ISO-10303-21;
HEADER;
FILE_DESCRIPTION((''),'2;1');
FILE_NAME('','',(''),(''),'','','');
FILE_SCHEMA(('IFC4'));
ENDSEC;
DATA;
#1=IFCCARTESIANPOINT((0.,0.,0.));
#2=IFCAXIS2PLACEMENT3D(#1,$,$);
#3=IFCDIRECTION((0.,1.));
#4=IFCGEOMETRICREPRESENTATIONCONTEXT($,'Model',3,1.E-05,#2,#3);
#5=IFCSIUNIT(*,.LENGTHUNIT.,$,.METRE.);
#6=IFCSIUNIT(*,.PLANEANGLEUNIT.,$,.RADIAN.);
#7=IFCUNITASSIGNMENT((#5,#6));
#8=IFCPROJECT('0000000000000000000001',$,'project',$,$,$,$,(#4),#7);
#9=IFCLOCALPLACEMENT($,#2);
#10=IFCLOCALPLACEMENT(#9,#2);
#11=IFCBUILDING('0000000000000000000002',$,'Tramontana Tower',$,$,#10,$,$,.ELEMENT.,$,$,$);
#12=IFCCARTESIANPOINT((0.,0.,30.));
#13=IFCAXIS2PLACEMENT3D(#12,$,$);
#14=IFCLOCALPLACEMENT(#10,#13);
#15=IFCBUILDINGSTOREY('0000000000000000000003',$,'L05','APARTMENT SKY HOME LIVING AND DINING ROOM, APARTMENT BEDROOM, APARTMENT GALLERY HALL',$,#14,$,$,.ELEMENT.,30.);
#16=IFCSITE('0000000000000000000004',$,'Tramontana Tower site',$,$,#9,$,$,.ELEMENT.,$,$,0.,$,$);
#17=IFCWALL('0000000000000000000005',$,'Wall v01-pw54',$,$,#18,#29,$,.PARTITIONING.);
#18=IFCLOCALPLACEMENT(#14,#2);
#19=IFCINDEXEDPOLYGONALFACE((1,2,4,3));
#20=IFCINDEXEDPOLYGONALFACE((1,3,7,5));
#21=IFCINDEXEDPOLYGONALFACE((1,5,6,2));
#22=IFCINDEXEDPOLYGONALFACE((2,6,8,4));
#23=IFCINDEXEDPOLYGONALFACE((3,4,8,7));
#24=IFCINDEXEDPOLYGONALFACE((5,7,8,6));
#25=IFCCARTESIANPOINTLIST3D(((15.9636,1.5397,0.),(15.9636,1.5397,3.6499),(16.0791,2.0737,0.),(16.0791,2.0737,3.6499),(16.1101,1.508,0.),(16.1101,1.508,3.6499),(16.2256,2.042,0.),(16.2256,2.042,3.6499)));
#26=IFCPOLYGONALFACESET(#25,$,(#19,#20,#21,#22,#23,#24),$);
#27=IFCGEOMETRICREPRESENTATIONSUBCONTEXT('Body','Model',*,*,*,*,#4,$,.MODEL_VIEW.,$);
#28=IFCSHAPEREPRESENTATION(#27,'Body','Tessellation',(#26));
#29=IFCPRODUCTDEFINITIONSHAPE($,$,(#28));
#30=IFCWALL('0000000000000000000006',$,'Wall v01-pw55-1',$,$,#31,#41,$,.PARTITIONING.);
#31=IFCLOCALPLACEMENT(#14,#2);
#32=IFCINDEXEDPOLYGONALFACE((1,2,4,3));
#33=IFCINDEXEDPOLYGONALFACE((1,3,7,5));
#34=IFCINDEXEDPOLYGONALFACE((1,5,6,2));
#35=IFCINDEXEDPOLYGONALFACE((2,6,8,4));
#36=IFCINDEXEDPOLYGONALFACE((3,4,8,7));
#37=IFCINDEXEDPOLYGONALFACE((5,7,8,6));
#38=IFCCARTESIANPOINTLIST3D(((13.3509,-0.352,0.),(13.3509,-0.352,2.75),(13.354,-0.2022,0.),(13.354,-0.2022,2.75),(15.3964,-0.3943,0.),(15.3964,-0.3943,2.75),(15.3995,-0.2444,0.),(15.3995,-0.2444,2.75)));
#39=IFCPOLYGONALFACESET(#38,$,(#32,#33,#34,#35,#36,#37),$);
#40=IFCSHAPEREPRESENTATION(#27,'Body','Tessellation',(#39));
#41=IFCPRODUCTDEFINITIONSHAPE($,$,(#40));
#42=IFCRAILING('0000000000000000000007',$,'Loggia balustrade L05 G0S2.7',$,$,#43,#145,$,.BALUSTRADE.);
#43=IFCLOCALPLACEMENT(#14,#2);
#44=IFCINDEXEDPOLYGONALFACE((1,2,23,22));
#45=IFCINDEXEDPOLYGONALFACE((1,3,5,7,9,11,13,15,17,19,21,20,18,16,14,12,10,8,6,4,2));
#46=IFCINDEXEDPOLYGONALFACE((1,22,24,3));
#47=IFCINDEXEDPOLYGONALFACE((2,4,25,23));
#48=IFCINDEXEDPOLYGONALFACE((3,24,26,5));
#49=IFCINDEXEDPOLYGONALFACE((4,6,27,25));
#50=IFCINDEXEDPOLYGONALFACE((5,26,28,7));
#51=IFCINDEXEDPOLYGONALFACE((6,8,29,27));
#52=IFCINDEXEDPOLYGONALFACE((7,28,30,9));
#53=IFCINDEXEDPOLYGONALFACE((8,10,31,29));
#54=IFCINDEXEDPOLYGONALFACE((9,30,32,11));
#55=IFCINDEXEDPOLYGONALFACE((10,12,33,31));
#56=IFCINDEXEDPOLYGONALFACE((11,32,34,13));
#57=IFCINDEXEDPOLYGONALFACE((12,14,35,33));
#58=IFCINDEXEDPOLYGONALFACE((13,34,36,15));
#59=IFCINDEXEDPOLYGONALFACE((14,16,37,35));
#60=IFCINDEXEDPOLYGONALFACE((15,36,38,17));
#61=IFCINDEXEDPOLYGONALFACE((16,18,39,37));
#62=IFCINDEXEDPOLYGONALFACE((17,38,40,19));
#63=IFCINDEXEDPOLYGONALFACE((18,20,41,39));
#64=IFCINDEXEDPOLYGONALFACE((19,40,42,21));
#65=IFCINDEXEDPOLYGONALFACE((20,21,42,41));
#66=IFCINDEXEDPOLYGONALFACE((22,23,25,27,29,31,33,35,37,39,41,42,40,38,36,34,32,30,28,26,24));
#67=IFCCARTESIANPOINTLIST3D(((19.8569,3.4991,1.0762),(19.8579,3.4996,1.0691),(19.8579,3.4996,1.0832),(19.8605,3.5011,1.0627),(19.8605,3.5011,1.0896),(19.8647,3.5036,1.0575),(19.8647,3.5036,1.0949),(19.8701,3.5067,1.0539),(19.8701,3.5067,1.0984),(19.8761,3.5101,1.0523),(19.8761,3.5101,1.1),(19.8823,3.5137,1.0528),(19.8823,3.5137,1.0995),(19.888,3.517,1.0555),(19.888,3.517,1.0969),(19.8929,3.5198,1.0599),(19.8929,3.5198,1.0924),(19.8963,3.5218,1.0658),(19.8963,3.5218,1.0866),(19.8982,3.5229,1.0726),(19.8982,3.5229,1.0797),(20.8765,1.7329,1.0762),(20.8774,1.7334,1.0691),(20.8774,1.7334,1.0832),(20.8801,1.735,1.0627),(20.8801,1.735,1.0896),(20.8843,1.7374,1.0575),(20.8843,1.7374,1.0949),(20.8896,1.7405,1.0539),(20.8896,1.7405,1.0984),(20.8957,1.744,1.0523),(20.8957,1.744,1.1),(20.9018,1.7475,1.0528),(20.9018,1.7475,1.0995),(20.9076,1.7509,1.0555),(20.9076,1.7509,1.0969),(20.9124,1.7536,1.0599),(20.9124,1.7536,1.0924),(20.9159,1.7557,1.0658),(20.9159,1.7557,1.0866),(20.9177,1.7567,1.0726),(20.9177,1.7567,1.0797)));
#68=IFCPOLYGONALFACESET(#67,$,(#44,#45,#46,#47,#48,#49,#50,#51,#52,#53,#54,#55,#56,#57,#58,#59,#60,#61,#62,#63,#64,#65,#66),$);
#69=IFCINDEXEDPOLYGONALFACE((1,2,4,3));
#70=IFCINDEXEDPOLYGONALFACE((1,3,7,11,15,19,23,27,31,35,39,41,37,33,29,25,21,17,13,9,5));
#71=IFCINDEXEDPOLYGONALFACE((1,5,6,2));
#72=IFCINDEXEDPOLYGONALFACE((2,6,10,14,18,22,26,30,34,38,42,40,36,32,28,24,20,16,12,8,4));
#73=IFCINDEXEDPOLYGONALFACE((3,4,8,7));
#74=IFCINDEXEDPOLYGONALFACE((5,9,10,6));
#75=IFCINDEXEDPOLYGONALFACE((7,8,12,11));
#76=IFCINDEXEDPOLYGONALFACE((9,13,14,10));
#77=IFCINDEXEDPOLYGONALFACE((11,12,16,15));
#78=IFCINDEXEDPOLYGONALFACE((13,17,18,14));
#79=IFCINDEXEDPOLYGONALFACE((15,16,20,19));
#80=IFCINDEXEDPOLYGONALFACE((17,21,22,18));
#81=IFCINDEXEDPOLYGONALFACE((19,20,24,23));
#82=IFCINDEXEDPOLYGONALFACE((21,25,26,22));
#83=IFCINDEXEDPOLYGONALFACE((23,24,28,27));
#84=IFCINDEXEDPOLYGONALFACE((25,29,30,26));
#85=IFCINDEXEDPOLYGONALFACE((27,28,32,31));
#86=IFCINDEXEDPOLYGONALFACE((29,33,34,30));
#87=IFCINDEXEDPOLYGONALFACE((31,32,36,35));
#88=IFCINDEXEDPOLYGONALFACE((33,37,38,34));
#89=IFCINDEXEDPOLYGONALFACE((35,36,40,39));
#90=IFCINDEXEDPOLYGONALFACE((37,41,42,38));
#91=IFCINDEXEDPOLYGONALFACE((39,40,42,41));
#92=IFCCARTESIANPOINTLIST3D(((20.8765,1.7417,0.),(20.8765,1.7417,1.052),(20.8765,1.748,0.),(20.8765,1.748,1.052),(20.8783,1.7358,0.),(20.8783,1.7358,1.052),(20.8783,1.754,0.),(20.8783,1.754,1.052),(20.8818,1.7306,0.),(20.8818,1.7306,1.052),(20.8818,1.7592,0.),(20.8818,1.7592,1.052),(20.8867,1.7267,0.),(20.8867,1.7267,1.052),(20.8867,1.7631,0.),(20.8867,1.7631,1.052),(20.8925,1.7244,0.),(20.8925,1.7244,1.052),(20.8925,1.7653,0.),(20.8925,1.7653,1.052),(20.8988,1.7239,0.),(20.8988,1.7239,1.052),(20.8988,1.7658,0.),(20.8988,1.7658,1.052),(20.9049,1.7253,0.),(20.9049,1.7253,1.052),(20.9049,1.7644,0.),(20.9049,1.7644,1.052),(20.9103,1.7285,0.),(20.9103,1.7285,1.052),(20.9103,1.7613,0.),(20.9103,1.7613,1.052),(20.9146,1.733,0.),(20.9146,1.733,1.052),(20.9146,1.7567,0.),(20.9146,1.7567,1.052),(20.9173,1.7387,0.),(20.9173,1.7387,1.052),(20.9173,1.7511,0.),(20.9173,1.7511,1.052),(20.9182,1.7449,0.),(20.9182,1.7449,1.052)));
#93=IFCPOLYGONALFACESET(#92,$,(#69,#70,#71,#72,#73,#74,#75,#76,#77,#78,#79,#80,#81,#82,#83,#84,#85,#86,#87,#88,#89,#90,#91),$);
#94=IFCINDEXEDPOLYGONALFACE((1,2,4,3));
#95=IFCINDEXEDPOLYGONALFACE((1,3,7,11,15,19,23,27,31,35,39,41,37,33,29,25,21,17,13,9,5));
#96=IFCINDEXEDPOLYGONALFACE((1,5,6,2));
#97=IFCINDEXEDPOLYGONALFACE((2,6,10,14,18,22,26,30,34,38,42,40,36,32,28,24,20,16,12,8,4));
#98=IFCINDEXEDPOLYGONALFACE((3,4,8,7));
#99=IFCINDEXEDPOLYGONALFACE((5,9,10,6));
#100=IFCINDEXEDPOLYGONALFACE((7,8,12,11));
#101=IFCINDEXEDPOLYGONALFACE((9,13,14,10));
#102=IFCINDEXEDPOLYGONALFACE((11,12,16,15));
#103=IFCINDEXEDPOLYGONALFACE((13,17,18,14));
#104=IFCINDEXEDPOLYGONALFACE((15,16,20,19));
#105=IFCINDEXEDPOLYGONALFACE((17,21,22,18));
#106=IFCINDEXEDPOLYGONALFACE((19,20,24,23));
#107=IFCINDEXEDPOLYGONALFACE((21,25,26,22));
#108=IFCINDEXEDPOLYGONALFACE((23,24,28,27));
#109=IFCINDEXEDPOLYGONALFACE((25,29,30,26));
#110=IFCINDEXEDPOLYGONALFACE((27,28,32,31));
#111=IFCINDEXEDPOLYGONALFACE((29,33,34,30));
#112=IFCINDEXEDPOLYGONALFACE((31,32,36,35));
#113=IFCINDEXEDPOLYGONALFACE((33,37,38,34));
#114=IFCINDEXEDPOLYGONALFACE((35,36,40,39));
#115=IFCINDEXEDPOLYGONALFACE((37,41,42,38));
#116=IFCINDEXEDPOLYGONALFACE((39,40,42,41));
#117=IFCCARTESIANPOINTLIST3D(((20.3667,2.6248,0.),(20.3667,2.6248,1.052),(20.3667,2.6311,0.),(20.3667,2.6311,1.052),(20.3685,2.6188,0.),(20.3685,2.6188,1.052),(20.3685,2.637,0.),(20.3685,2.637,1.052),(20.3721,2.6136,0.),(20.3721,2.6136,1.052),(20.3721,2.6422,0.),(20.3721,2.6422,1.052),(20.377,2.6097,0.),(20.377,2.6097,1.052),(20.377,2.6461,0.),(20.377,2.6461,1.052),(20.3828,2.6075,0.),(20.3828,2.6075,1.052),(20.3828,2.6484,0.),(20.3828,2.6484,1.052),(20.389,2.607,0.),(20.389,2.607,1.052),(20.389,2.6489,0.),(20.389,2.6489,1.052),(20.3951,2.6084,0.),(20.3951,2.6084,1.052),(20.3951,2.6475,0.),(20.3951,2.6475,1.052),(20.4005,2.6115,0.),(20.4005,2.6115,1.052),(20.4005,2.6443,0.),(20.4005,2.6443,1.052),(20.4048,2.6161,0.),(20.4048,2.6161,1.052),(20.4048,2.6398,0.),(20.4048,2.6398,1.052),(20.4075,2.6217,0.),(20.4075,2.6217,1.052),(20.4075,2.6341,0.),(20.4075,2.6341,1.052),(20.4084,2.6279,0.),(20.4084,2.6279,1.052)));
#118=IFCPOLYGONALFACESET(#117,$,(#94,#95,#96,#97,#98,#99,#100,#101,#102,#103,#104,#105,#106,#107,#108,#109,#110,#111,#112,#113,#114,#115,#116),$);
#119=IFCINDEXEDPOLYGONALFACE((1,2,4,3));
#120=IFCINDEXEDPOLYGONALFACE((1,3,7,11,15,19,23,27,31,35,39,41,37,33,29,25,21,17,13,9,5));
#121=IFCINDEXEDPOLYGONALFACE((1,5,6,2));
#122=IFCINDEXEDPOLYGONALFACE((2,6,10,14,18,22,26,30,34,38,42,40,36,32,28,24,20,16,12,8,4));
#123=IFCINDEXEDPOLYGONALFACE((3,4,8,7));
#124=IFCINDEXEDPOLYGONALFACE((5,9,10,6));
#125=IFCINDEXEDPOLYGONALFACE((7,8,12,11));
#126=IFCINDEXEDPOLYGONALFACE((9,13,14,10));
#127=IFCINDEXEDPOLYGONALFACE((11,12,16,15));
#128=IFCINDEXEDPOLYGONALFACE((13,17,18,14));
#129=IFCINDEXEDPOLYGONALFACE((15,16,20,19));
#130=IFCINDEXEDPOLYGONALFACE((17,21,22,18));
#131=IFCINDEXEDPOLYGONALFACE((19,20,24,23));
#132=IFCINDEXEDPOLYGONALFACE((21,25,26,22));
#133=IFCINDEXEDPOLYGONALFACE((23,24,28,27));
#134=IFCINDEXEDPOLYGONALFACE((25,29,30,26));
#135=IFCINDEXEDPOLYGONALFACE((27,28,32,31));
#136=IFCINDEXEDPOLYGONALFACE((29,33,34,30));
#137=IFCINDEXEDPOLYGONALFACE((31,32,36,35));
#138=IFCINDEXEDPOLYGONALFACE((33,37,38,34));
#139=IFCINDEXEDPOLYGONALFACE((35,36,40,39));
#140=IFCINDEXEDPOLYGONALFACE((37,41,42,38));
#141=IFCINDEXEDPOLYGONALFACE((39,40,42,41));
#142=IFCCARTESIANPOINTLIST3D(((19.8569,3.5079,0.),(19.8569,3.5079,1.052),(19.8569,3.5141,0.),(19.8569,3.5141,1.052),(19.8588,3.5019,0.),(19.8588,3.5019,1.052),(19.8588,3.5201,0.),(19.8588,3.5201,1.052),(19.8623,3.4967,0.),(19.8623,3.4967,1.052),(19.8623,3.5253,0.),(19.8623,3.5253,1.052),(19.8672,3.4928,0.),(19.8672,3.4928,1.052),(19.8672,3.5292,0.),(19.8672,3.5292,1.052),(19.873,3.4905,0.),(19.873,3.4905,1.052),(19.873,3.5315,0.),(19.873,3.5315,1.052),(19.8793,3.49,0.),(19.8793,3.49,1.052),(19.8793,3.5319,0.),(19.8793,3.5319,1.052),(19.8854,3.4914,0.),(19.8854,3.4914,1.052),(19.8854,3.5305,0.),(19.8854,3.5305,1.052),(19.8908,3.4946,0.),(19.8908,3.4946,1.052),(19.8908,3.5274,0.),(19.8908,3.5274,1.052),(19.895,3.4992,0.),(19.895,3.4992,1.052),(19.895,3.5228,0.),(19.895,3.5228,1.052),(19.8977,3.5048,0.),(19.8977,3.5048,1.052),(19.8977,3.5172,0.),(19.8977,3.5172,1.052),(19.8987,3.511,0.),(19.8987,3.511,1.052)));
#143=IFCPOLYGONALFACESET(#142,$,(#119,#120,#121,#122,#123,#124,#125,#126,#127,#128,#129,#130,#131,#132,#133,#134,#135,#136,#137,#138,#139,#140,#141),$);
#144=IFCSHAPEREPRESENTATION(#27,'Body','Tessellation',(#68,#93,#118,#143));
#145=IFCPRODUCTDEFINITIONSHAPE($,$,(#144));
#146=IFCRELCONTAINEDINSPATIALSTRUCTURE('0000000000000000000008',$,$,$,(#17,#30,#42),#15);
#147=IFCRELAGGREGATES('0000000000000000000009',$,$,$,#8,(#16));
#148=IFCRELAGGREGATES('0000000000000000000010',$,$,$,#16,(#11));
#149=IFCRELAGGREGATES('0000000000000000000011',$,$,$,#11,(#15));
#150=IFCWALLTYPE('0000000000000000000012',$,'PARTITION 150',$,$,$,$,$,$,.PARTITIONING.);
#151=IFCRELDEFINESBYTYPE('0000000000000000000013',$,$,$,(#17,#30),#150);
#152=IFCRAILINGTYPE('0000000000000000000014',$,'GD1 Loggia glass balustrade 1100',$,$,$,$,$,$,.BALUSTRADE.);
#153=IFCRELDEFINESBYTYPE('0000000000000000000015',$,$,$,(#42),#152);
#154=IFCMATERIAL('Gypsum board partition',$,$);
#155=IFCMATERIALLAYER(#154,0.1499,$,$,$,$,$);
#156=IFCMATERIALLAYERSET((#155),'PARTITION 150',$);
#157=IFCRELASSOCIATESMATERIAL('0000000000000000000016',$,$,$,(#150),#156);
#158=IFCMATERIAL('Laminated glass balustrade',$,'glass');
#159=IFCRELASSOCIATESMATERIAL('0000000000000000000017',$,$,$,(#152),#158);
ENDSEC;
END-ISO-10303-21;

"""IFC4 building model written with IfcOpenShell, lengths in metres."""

from ifc_helpers import new_model, si_unit, direction, frame, frame_2d, origin, origin_2d, place, context, subcontext, project, spatial, rectangle, circle, extrude, material, layer, layer_set, type_object, element, save


model = new_model("IFC4")

# Units and contexts
model_context = context("Model", 3, precision=1e-05, world=origin(), true_north=direction((0.0, 1.0)))
body_context = subcontext(model_context, "Body", "Model", "MODEL_VIEW")
ifc_project = project(units=[si_unit("LENGTHUNIT", "METRE"), si_unit("PLANEANGLEUNIT", "RADIAN")], contexts=[model_context])

# Site, building, storey
site_placement = place(None, origin())
site = spatial("IfcSite", under=ifc_project, at=site_placement, Name="Tramontana Tower site", CompositionType="ELEMENT", RefElevation=0.0)
building_placement = place(site_placement, origin())
building = spatial("IfcBuilding", under=site, at=building_placement, Name="Tramontana Tower", CompositionType="ELEMENT")
storey_placement = place(building_placement, frame((0.0, 0.0, 30.0)))
storey = spatial("IfcBuildingStorey", under=building, at=storey_placement, Name="L05", Description="APARTMENT SKY HOME LIVING AND DINING ROOM, APARTMENT BEDROOM, APARTMENT GALLERY HALL", CompositionType="ELEMENT", Elevation=30.0)

# Shared definitions
ifc_material_1 = material(Name="Gypsum board partition")
ifc_layer_1 = layer(ifc_material_1, 0.1499)
ifc_layer_set_1 = layer_set([ifc_layer_1], Name="PARTITION 150")
wall_type_1 = type_object("IfcWallType", Name="PARTITION 150", PredefinedType="PARTITIONING", material=ifc_layer_set_1)

# Walls
wall_1_placement = place(storey_placement, frame((16.1523, 2.0579, 0.0), z_axis=(0.0, 0.0, 1.0), x_axis=(-0.21139, -0.977402, 0.0)))
element("IfcWall", 1, at=wall_1_placement, inside=storey, type_object=wall_type_1, Name="Wall v01-pw54", PredefinedType="PARTITIONING", context=body_context, shape_type="SweptSolid", body=[
    extrude(rectangle(XDim=0.5464, YDim=0.1499, at=frame_2d((0.2732, 0.0))), origin(), (0.0, 0.0, 1.0), 3.6499),
])
wall_2_placement = place(storey_placement, frame((15.3979, -0.3193, 0.0), z_axis=(0.0, 0.0, 1.0), x_axis=(-0.999787, 0.020645, 0.0)))
element("IfcWall", 2, at=wall_2_placement, inside=storey, type_object=wall_type_1, Name="Wall v01-pw55-1", PredefinedType="PARTITIONING", context=body_context, shape_type="SweptSolid", body=[
    extrude(rectangle(XDim=2.0459, YDim=0.1499, at=frame_2d((1.0229, 0.0))), origin(), (0.0, 0.0, 1.0), 2.75),
])

# Railing
ifc_material_2 = material(Name="Laminated glass balustrade", Category="glass")
railing_type = type_object("IfcRailingType", Name="GD1 Loggia glass balustrade 1100", PredefinedType="BALUSTRADE", material=ifc_material_2)
railing_placement = place(storey_placement, frame((20.8972, 1.7449, 0.0)))
element("IfcRailing", 3, at=railing_placement, inside=storey, type_object=railing_type, Name="Loggia balustrade L05 G0S2.7", PredefinedType="BALUSTRADE", context=body_context, shape_type="SweptSolid", body=[
    extrude(circle(Radius=0.0239, at=origin_2d()), frame((0.0, 0.0, 1.0762), z_axis=(-0.49995, 0.866054, 0.0), x_axis=(-0.866054, -0.49995, 0.0)), (0.0, 0.0, 1.0), 2.0393),
    extrude(circle(Radius=0.021, at=origin_2d()), origin(), (0.0, 0.0, 1.0), 1.052),
    extrude(circle(Radius=0.021, at=origin_2d()), frame((-0.5098, 0.8831, 0.0)), (0.0, 0.0, 1.0), 1.052),
    extrude(circle(Radius=0.021, at=origin_2d()), frame((-1.0195, 1.7661, 0.0)), (0.0, 0.0, 1.0), 1.052),
])

save(model, "model.ifc")
